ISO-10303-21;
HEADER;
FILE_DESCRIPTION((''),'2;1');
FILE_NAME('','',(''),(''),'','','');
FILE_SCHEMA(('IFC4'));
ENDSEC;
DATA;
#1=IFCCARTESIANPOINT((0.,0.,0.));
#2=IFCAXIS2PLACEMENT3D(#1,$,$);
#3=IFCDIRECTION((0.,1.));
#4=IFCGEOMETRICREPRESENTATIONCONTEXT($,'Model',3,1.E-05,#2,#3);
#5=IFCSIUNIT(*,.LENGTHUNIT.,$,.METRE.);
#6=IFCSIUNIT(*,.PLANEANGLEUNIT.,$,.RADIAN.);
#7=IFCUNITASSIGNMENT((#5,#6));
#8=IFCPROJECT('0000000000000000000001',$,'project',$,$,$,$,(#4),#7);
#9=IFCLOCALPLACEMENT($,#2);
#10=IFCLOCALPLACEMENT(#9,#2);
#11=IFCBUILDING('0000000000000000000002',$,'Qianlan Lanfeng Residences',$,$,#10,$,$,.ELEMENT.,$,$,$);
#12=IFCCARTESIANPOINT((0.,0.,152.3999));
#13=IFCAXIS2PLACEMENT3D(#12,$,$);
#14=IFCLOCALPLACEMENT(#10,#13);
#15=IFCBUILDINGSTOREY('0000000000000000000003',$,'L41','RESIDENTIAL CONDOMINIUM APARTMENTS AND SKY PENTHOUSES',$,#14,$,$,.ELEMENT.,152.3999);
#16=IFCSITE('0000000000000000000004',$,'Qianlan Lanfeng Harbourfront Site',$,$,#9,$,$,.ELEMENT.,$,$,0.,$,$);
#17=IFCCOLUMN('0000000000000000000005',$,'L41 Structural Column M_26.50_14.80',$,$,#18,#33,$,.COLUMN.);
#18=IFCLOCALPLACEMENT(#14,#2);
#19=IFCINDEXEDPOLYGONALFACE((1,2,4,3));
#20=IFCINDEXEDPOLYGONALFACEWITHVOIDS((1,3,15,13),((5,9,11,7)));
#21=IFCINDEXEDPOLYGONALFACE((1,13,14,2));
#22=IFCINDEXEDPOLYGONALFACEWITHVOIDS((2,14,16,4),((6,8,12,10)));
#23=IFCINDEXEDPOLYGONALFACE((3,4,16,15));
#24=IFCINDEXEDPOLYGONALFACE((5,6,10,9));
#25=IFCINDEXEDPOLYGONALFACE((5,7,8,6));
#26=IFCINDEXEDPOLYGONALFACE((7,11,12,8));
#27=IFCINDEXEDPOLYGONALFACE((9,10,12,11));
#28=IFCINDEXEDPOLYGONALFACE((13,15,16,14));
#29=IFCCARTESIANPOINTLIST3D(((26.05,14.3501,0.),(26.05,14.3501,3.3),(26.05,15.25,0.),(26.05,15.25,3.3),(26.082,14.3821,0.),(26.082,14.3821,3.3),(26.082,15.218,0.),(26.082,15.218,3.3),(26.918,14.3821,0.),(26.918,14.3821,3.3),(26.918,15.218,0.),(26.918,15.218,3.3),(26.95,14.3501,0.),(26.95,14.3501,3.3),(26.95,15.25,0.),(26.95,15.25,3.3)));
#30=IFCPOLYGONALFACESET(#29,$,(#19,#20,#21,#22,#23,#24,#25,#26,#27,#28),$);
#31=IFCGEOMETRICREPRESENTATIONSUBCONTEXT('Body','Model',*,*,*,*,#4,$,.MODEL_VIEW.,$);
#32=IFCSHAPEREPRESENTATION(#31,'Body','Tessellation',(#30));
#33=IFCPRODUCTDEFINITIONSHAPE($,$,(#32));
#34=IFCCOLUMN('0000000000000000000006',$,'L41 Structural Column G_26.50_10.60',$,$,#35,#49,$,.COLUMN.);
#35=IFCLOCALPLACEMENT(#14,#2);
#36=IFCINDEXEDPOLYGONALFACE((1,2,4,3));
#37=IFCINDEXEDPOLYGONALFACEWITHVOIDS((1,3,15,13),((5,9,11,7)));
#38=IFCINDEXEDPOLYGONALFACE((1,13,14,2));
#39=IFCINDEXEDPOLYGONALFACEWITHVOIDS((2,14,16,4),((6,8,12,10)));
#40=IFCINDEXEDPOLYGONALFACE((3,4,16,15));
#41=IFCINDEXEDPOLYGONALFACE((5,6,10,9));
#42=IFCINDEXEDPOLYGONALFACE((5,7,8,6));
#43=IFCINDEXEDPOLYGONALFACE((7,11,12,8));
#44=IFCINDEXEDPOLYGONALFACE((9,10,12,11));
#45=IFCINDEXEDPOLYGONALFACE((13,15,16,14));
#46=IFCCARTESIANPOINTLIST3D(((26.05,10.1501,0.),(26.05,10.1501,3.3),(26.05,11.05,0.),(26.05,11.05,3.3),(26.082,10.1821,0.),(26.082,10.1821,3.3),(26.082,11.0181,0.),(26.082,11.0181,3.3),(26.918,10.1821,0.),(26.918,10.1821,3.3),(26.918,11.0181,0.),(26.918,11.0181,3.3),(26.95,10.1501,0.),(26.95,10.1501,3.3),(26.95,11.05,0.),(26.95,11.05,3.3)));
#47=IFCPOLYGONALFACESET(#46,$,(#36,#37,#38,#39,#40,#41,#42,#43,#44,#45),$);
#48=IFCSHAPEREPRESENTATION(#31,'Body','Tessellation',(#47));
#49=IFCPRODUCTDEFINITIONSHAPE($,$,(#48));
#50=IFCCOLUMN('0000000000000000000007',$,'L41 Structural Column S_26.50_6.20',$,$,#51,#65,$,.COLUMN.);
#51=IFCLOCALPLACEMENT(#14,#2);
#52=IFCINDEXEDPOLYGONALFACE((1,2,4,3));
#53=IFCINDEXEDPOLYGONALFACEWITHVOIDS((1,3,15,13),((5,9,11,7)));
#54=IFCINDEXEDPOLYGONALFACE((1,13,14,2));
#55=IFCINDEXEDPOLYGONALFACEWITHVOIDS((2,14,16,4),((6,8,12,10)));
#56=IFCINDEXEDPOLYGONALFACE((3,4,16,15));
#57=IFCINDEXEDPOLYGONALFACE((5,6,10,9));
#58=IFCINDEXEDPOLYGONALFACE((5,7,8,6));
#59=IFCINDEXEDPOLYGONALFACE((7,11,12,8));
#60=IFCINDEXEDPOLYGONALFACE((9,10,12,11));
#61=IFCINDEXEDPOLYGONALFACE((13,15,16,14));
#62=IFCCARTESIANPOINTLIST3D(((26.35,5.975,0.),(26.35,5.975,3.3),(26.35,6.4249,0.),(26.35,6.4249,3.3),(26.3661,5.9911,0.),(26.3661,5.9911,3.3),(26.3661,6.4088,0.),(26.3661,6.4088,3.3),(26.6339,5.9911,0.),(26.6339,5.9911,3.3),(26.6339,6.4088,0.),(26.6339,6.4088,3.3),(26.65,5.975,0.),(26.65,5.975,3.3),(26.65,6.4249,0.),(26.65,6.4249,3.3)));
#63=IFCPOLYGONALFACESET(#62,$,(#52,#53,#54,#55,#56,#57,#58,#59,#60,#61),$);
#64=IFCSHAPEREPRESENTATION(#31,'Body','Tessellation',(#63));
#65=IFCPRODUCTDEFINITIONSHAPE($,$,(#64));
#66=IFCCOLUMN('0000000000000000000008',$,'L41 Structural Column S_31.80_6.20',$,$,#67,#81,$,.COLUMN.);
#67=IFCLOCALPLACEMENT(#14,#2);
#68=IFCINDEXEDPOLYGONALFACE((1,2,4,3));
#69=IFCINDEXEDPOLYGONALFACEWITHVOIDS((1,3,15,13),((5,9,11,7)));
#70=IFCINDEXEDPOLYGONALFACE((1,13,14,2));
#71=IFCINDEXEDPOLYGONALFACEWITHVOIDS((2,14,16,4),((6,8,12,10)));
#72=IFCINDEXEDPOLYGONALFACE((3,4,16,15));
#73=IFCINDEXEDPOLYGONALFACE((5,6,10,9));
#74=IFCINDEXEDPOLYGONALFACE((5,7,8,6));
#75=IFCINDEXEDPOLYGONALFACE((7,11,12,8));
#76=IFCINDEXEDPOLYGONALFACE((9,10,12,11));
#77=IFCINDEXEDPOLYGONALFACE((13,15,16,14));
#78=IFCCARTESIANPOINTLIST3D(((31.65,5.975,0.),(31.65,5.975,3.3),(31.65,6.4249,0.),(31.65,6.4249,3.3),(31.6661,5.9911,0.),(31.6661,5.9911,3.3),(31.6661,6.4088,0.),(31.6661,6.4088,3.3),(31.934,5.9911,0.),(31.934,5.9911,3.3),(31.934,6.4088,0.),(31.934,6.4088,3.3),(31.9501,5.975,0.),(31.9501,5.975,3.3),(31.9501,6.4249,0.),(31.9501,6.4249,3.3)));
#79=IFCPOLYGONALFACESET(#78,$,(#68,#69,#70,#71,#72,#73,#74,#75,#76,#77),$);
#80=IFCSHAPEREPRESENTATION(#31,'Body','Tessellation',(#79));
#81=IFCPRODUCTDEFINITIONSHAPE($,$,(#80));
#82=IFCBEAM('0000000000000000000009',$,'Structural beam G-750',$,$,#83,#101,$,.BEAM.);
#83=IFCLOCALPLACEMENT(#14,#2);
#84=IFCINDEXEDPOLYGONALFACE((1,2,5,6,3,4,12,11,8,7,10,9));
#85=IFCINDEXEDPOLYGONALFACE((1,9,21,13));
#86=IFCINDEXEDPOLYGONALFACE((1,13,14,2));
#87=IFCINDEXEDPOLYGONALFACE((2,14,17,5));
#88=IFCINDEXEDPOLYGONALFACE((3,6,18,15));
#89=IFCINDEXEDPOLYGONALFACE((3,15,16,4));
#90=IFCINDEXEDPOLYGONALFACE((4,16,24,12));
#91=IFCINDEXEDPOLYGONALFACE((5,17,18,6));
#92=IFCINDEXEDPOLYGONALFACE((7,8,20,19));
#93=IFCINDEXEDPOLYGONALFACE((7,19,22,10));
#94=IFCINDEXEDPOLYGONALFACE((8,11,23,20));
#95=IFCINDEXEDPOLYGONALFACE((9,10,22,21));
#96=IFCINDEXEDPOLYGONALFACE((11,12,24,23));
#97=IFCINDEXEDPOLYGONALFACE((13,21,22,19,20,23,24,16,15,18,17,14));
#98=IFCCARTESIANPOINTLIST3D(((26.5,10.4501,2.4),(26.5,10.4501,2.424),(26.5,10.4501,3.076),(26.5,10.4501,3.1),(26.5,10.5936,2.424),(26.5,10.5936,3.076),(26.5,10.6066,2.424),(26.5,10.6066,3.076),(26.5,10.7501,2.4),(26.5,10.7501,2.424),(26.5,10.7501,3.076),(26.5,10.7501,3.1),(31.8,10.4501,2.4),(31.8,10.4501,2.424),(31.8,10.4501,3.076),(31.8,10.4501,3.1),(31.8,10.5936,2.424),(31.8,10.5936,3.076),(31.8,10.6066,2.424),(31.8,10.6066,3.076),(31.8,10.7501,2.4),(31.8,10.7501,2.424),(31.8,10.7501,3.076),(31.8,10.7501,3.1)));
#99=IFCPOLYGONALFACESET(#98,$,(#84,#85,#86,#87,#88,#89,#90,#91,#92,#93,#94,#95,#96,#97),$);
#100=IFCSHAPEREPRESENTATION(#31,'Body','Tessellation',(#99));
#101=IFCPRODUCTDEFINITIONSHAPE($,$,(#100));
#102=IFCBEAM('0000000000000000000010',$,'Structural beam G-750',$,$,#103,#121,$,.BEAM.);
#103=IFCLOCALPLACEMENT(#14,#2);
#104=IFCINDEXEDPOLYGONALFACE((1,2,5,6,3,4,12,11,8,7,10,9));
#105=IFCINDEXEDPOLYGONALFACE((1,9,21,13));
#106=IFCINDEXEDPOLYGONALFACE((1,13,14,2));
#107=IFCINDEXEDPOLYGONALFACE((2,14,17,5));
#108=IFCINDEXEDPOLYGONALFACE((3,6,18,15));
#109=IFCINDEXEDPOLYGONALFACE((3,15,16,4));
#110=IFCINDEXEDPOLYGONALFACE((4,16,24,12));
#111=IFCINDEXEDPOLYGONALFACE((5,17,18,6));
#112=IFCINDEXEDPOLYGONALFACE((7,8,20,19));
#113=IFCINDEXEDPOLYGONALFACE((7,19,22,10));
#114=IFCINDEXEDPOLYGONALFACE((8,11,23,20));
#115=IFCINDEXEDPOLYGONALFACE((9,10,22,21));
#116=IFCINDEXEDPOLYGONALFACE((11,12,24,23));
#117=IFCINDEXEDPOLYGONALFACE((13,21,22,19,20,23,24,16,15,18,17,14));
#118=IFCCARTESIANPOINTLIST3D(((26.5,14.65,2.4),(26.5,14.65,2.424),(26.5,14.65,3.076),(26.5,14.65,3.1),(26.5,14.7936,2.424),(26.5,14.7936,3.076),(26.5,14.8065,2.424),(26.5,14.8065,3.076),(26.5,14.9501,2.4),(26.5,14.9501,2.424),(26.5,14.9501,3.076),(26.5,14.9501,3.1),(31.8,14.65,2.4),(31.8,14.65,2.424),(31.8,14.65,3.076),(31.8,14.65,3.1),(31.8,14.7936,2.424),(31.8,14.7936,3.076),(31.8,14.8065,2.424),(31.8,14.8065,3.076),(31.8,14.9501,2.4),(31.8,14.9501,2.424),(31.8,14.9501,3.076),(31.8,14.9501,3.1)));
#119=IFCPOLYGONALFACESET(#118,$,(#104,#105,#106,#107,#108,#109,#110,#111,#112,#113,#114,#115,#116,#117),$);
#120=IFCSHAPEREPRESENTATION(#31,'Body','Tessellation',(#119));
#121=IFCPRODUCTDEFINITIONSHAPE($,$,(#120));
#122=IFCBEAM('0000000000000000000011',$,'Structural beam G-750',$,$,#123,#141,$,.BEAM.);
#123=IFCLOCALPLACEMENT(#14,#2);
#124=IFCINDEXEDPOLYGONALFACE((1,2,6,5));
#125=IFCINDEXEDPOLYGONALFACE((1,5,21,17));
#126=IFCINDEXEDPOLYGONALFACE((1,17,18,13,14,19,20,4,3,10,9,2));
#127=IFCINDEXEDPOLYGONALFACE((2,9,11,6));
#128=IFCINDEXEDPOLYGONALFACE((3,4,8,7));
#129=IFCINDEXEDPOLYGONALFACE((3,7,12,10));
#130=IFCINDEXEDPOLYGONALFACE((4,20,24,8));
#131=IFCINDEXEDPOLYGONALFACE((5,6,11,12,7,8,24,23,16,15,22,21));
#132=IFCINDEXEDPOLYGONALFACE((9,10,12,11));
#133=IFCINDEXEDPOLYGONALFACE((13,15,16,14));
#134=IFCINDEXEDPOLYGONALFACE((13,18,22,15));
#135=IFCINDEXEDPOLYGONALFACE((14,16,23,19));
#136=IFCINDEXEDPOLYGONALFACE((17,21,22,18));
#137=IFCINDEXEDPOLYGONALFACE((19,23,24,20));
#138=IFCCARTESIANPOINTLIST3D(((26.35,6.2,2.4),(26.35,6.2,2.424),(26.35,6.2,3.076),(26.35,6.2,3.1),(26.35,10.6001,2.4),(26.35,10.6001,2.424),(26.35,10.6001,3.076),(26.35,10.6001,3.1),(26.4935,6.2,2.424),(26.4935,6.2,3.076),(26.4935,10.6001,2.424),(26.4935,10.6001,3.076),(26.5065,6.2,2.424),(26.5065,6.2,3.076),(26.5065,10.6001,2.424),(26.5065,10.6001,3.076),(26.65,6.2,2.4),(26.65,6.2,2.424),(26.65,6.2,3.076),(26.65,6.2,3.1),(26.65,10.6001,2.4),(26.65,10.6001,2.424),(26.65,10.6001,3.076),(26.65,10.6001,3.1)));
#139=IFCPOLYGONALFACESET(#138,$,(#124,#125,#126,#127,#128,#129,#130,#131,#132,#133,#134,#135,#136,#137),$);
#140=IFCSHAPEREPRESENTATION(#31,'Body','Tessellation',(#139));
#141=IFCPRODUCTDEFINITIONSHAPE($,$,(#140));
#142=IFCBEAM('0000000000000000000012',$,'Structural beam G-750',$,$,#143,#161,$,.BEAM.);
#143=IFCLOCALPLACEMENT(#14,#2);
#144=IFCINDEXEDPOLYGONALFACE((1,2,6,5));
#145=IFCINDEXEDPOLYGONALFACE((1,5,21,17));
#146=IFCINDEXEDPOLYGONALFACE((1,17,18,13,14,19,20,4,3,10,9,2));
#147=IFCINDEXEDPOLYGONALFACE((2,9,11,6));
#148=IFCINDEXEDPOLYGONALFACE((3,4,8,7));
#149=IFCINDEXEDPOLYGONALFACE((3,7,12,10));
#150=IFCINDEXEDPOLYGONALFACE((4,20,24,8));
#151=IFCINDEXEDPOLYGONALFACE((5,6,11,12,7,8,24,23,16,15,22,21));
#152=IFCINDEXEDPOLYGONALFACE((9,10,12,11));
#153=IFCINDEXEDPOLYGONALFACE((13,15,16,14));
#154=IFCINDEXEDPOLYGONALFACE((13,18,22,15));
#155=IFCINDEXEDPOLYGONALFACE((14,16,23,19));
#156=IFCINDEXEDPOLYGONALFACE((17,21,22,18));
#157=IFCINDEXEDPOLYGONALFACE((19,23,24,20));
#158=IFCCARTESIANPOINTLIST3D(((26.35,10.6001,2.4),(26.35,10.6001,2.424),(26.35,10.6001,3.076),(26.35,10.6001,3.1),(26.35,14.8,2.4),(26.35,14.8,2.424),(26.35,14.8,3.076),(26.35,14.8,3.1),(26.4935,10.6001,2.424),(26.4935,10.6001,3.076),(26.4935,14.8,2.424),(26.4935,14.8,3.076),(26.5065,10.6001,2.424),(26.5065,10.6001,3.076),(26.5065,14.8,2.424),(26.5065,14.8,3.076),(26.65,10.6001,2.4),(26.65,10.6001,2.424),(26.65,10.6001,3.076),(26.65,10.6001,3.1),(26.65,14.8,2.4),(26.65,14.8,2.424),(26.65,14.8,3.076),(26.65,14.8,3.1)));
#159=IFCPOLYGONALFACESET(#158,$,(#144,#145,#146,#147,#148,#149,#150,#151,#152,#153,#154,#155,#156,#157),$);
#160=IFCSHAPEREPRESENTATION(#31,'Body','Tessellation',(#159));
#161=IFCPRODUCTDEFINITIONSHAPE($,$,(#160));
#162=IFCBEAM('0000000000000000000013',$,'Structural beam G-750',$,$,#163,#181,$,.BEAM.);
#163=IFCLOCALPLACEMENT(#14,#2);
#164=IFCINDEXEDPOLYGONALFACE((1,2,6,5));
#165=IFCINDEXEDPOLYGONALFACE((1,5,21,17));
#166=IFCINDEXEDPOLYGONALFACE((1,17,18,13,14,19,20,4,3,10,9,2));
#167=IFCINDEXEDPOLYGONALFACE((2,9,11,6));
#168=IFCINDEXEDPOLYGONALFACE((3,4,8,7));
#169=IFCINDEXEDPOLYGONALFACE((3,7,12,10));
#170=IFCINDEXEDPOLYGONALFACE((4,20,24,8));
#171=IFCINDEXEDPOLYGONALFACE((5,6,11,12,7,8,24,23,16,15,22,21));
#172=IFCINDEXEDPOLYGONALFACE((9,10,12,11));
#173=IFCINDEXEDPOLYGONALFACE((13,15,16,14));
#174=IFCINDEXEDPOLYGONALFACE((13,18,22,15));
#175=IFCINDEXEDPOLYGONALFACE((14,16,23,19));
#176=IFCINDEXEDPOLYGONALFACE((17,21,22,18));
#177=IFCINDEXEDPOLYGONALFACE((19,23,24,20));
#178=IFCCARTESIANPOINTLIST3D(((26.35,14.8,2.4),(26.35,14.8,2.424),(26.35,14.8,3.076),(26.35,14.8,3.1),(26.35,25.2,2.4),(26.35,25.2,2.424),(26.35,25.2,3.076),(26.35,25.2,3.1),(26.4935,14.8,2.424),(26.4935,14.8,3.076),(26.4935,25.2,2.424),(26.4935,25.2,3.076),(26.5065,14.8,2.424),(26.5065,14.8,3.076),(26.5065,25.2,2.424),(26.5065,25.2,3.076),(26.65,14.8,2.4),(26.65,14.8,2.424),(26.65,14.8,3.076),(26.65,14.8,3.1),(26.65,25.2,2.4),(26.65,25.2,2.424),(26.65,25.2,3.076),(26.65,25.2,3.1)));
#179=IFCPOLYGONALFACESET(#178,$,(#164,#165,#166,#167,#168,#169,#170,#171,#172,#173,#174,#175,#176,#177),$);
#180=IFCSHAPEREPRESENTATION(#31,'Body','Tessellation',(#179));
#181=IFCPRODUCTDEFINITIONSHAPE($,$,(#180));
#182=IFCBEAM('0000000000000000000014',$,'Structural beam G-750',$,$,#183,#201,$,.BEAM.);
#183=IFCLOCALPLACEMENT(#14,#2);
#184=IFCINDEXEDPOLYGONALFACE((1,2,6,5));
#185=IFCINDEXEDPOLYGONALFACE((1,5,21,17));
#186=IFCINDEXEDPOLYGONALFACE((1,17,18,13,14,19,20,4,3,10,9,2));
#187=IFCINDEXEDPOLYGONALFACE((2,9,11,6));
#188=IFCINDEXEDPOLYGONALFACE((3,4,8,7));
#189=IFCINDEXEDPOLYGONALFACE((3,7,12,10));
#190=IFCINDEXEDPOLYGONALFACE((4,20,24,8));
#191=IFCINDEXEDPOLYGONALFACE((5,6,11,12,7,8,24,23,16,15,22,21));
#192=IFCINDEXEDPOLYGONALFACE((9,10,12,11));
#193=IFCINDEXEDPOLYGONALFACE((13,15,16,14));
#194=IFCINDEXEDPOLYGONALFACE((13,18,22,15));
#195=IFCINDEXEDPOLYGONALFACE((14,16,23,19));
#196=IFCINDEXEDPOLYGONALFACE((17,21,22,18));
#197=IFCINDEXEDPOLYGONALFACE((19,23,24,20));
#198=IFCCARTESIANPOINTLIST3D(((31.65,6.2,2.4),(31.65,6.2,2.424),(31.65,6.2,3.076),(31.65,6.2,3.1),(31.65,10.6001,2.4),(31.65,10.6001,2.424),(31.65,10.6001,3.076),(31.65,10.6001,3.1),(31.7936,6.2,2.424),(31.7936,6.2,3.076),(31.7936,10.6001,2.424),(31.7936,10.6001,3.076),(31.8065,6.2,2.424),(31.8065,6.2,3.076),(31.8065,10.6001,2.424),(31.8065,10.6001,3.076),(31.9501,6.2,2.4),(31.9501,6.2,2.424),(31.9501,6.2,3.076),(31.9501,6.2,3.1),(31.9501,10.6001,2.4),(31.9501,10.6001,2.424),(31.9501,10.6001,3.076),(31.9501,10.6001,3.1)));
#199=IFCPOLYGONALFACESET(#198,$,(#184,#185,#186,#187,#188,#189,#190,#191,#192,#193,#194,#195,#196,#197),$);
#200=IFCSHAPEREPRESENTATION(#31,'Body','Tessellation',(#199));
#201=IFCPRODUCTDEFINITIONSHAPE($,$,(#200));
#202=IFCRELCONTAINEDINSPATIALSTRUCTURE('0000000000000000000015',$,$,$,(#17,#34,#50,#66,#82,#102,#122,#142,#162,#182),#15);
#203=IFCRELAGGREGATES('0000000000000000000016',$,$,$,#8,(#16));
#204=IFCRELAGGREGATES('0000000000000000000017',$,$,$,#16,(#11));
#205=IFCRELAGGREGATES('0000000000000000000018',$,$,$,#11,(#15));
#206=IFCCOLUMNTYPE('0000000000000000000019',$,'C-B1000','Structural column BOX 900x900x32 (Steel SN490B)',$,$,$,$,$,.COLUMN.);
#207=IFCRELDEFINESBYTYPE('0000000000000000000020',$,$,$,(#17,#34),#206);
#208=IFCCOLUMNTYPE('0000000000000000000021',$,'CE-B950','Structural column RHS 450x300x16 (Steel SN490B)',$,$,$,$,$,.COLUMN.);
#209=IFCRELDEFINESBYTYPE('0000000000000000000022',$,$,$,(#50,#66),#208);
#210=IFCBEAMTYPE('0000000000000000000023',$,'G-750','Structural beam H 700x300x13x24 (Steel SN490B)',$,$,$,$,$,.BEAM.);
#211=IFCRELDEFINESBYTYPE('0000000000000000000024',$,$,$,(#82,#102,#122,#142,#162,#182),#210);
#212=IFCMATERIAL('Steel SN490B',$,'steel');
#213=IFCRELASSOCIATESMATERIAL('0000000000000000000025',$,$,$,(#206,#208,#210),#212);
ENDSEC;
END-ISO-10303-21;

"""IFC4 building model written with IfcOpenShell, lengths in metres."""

from ifc_helpers import new_model, si_unit, direction, frame, origin, origin_2d, place, context, subcontext, project, spatial, hollow_rectangle, i_section, extrude, material, material_profile, profile_set, type_object, element, save


model = new_model("IFC4")

# Units and contexts
model_context = context("Model", 3, precision=1e-05, world=origin(), true_north=direction((0.0, 1.0)))
body_context = subcontext(model_context, "Body", "Model", "MODEL_VIEW")
ifc_project = project(units=[si_unit("LENGTHUNIT", "METRE"), si_unit("PLANEANGLEUNIT", "RADIAN")], contexts=[model_context])

# Site, building, storey
site_placement = place(None, origin())
site = spatial("IfcSite", under=ifc_project, at=site_placement, Name="Qianlan Lanfeng Harbourfront Site", CompositionType="ELEMENT", RefElevation=0.0)
building_placement = place(site_placement, origin())
building = spatial("IfcBuilding", under=site, at=building_placement, Name="Qianlan Lanfeng Residences", CompositionType="ELEMENT")
storey_placement = place(building_placement, frame((0.0, 0.0, 152.3999)))
storey = spatial("IfcBuildingStorey", under=building, at=storey_placement, Name="L41", Description="RESIDENTIAL CONDOMINIUM APARTMENTS AND SKY PENTHOUSES", CompositionType="ELEMENT", Elevation=152.3999)

# Columns
ifc_material_1 = material(Name="Steel SN490B", Category="steel")
ifc_material_profile_1 = material_profile(ifc_material_1, hollow_rectangle(XDim=0.8999, YDim=0.8999, WallThickness=0.032, at=origin_2d()), Name="BOX 900x900x32")
ifc_profile_set_1 = profile_set([ifc_material_profile_1], Name="Steel SN490B")
column_type_1 = type_object("IfcColumnType", Name="C-B1000", Description="Structural column BOX 900x900x32 (Steel SN490B)", PredefinedType="COLUMN", material=ifc_profile_set_1)
for number, where, z_axis, x_axis, name in (
    (1, (26.5, 14.8, 0.0), (0.0, 0.0, 1.0), (1.0, 0.0, 0.0), "L41 Structural Column M_26.50_14.80"),
    (2, (26.5, 10.6001, 0.0), (0.0, 0.0, 1.0), (1.0, 0.0, 0.0), "L41 Structural Column G_26.50_10.60"),
):
    element("IfcColumn", number, at=place(storey_placement, frame(where, z_axis=z_axis, x_axis=x_axis)), inside=storey, type_object=column_type_1, Name=name, PredefinedType="COLUMN", context=body_context, shape_type="SweptSolid", body=[
        extrude(hollow_rectangle(XDim=0.8999, YDim=0.8999, WallThickness=0.032, at=origin_2d()), origin(), (0.0, 0.0, 1.0), 3.3),
    ])
ifc_material_profile_2 = material_profile(ifc_material_1, hollow_rectangle(XDim=0.3, YDim=0.45, WallThickness=0.0161, at=origin_2d()), Name="RHS 450x300x16")
ifc_profile_set_2 = profile_set([ifc_material_profile_2], Name="Steel SN490B")
column_type_2 = type_object("IfcColumnType", Name="CE-B950", Description="Structural column RHS 450x300x16 (Steel SN490B)", PredefinedType="COLUMN", material=ifc_profile_set_2)
for number, where, z_axis, x_axis, name in (
    (3, (26.5, 6.2, 0.0), (0.0, 0.0, 1.0), (1.0, 0.0, 0.0), "L41 Structural Column S_26.50_6.20"),
    (4, (31.8, 6.2, 0.0), (0.0, 0.0, 1.0), (1.0, 0.0, 0.0), "L41 Structural Column S_31.80_6.20"),
):
    element("IfcColumn", number, at=place(storey_placement, frame(where, z_axis=z_axis, x_axis=x_axis)), inside=storey, type_object=column_type_2, Name=name, PredefinedType="COLUMN", context=body_context, shape_type="SweptSolid", body=[
        extrude(hollow_rectangle(XDim=0.3, YDim=0.45, WallThickness=0.0161, at=origin_2d()), origin(), (0.0, 0.0, 1.0), 3.3),
    ])

# Beams
ifc_material_profile_3 = material_profile(ifc_material_1, i_section(OverallWidth=0.3, OverallDepth=0.7, WebThickness=0.0129, FlangeThickness=0.0239, at=origin_2d()), Name="H 700x300x13x24")
ifc_profile_set_3 = profile_set([ifc_material_profile_3], Name="Steel SN490B")
beam_type_1 = type_object("IfcBeamType", Name="G-750", Description="Structural beam H 700x300x13x24 (Steel SN490B)", PredefinedType="BEAM", material=ifc_profile_set_3)
for number, where, z_axis, x_axis, name in (
    (5, (26.5, 10.6001, 2.75), (1.0, 0.0, 0.0), (0.0, 1.0, 0.0), "Structural beam G-750"),
    (6, (26.5, 14.8, 2.75), (1.0, 0.0, 0.0), (0.0, 1.0, 0.0), "Structural beam G-750"),
):
    element("IfcBeam", number, at=place(storey_placement, frame(where, z_axis=z_axis, x_axis=x_axis)), inside=storey, type_object=beam_type_1, Name=name, PredefinedType="BEAM", context=body_context, shape_type="SweptSolid", body=[
        extrude(i_section(OverallWidth=0.3, OverallDepth=0.7, WebThickness=0.0129, FlangeThickness=0.0239, at=origin_2d()), origin(), (0.0, 0.0, 1.0), 5.3),
    ])
beam_1_placement = place(storey_placement, frame((26.5, 6.2, 2.75), z_axis=(0.0, 1.0, 0.0), x_axis=(-1.0, 0.0, 0.0)))
element("IfcBeam", 7, at=beam_1_placement, inside=storey, type_object=beam_type_1, Name="Structural beam G-750", PredefinedType="BEAM", context=body_context, shape_type="SweptSolid", body=[
    extrude(i_section(OverallWidth=0.3, OverallDepth=0.7, WebThickness=0.0129, FlangeThickness=0.0239, at=origin_2d()), origin(), (0.0, 0.0, 1.0), 4.4001),
])
beam_2_placement = place(storey_placement, frame((26.5, 10.6001, 2.75), z_axis=(0.0, 1.0, 0.0), x_axis=(-1.0, 0.0, 0.0)))
element("IfcBeam", 8, at=beam_2_placement, inside=storey, type_object=beam_type_1, Name="Structural beam G-750", PredefinedType="BEAM", context=body_context, shape_type="SweptSolid", body=[
    extrude(i_section(OverallWidth=0.3, OverallDepth=0.7, WebThickness=0.0129, FlangeThickness=0.0239, at=origin_2d()), origin(), (0.0, 0.0, 1.0), 4.2),
])
beam_3_placement = place(storey_placement, frame((26.5, 14.8, 2.75), z_axis=(0.0, 1.0, 0.0), x_axis=(-1.0, 0.0, 0.0)))
element("IfcBeam", 9, at=beam_3_placement, inside=storey, type_object=beam_type_1, Name="Structural beam G-750", PredefinedType="BEAM", context=body_context, shape_type="SweptSolid", body=[
    extrude(i_section(OverallWidth=0.3, OverallDepth=0.7, WebThickness=0.0129, FlangeThickness=0.0239, at=origin_2d()), origin(), (0.0, 0.0, 1.0), 10.3999),
])
beam_4_placement = place(storey_placement, frame((31.8, 6.2, 2.75), z_axis=(0.0, 1.0, 0.0), x_axis=(-1.0, 0.0, 0.0)))
element("IfcBeam", 10, at=beam_4_placement, inside=storey, type_object=beam_type_1, Name="Structural beam G-750", PredefinedType="BEAM", context=body_context, shape_type="SweptSolid", body=[
    extrude(i_section(OverallWidth=0.3, OverallDepth=0.7, WebThickness=0.0129, FlangeThickness=0.0239, at=origin_2d()), origin(), (0.0, 0.0, 1.0), 4.4001),
])

save(model, "model.ifc")
